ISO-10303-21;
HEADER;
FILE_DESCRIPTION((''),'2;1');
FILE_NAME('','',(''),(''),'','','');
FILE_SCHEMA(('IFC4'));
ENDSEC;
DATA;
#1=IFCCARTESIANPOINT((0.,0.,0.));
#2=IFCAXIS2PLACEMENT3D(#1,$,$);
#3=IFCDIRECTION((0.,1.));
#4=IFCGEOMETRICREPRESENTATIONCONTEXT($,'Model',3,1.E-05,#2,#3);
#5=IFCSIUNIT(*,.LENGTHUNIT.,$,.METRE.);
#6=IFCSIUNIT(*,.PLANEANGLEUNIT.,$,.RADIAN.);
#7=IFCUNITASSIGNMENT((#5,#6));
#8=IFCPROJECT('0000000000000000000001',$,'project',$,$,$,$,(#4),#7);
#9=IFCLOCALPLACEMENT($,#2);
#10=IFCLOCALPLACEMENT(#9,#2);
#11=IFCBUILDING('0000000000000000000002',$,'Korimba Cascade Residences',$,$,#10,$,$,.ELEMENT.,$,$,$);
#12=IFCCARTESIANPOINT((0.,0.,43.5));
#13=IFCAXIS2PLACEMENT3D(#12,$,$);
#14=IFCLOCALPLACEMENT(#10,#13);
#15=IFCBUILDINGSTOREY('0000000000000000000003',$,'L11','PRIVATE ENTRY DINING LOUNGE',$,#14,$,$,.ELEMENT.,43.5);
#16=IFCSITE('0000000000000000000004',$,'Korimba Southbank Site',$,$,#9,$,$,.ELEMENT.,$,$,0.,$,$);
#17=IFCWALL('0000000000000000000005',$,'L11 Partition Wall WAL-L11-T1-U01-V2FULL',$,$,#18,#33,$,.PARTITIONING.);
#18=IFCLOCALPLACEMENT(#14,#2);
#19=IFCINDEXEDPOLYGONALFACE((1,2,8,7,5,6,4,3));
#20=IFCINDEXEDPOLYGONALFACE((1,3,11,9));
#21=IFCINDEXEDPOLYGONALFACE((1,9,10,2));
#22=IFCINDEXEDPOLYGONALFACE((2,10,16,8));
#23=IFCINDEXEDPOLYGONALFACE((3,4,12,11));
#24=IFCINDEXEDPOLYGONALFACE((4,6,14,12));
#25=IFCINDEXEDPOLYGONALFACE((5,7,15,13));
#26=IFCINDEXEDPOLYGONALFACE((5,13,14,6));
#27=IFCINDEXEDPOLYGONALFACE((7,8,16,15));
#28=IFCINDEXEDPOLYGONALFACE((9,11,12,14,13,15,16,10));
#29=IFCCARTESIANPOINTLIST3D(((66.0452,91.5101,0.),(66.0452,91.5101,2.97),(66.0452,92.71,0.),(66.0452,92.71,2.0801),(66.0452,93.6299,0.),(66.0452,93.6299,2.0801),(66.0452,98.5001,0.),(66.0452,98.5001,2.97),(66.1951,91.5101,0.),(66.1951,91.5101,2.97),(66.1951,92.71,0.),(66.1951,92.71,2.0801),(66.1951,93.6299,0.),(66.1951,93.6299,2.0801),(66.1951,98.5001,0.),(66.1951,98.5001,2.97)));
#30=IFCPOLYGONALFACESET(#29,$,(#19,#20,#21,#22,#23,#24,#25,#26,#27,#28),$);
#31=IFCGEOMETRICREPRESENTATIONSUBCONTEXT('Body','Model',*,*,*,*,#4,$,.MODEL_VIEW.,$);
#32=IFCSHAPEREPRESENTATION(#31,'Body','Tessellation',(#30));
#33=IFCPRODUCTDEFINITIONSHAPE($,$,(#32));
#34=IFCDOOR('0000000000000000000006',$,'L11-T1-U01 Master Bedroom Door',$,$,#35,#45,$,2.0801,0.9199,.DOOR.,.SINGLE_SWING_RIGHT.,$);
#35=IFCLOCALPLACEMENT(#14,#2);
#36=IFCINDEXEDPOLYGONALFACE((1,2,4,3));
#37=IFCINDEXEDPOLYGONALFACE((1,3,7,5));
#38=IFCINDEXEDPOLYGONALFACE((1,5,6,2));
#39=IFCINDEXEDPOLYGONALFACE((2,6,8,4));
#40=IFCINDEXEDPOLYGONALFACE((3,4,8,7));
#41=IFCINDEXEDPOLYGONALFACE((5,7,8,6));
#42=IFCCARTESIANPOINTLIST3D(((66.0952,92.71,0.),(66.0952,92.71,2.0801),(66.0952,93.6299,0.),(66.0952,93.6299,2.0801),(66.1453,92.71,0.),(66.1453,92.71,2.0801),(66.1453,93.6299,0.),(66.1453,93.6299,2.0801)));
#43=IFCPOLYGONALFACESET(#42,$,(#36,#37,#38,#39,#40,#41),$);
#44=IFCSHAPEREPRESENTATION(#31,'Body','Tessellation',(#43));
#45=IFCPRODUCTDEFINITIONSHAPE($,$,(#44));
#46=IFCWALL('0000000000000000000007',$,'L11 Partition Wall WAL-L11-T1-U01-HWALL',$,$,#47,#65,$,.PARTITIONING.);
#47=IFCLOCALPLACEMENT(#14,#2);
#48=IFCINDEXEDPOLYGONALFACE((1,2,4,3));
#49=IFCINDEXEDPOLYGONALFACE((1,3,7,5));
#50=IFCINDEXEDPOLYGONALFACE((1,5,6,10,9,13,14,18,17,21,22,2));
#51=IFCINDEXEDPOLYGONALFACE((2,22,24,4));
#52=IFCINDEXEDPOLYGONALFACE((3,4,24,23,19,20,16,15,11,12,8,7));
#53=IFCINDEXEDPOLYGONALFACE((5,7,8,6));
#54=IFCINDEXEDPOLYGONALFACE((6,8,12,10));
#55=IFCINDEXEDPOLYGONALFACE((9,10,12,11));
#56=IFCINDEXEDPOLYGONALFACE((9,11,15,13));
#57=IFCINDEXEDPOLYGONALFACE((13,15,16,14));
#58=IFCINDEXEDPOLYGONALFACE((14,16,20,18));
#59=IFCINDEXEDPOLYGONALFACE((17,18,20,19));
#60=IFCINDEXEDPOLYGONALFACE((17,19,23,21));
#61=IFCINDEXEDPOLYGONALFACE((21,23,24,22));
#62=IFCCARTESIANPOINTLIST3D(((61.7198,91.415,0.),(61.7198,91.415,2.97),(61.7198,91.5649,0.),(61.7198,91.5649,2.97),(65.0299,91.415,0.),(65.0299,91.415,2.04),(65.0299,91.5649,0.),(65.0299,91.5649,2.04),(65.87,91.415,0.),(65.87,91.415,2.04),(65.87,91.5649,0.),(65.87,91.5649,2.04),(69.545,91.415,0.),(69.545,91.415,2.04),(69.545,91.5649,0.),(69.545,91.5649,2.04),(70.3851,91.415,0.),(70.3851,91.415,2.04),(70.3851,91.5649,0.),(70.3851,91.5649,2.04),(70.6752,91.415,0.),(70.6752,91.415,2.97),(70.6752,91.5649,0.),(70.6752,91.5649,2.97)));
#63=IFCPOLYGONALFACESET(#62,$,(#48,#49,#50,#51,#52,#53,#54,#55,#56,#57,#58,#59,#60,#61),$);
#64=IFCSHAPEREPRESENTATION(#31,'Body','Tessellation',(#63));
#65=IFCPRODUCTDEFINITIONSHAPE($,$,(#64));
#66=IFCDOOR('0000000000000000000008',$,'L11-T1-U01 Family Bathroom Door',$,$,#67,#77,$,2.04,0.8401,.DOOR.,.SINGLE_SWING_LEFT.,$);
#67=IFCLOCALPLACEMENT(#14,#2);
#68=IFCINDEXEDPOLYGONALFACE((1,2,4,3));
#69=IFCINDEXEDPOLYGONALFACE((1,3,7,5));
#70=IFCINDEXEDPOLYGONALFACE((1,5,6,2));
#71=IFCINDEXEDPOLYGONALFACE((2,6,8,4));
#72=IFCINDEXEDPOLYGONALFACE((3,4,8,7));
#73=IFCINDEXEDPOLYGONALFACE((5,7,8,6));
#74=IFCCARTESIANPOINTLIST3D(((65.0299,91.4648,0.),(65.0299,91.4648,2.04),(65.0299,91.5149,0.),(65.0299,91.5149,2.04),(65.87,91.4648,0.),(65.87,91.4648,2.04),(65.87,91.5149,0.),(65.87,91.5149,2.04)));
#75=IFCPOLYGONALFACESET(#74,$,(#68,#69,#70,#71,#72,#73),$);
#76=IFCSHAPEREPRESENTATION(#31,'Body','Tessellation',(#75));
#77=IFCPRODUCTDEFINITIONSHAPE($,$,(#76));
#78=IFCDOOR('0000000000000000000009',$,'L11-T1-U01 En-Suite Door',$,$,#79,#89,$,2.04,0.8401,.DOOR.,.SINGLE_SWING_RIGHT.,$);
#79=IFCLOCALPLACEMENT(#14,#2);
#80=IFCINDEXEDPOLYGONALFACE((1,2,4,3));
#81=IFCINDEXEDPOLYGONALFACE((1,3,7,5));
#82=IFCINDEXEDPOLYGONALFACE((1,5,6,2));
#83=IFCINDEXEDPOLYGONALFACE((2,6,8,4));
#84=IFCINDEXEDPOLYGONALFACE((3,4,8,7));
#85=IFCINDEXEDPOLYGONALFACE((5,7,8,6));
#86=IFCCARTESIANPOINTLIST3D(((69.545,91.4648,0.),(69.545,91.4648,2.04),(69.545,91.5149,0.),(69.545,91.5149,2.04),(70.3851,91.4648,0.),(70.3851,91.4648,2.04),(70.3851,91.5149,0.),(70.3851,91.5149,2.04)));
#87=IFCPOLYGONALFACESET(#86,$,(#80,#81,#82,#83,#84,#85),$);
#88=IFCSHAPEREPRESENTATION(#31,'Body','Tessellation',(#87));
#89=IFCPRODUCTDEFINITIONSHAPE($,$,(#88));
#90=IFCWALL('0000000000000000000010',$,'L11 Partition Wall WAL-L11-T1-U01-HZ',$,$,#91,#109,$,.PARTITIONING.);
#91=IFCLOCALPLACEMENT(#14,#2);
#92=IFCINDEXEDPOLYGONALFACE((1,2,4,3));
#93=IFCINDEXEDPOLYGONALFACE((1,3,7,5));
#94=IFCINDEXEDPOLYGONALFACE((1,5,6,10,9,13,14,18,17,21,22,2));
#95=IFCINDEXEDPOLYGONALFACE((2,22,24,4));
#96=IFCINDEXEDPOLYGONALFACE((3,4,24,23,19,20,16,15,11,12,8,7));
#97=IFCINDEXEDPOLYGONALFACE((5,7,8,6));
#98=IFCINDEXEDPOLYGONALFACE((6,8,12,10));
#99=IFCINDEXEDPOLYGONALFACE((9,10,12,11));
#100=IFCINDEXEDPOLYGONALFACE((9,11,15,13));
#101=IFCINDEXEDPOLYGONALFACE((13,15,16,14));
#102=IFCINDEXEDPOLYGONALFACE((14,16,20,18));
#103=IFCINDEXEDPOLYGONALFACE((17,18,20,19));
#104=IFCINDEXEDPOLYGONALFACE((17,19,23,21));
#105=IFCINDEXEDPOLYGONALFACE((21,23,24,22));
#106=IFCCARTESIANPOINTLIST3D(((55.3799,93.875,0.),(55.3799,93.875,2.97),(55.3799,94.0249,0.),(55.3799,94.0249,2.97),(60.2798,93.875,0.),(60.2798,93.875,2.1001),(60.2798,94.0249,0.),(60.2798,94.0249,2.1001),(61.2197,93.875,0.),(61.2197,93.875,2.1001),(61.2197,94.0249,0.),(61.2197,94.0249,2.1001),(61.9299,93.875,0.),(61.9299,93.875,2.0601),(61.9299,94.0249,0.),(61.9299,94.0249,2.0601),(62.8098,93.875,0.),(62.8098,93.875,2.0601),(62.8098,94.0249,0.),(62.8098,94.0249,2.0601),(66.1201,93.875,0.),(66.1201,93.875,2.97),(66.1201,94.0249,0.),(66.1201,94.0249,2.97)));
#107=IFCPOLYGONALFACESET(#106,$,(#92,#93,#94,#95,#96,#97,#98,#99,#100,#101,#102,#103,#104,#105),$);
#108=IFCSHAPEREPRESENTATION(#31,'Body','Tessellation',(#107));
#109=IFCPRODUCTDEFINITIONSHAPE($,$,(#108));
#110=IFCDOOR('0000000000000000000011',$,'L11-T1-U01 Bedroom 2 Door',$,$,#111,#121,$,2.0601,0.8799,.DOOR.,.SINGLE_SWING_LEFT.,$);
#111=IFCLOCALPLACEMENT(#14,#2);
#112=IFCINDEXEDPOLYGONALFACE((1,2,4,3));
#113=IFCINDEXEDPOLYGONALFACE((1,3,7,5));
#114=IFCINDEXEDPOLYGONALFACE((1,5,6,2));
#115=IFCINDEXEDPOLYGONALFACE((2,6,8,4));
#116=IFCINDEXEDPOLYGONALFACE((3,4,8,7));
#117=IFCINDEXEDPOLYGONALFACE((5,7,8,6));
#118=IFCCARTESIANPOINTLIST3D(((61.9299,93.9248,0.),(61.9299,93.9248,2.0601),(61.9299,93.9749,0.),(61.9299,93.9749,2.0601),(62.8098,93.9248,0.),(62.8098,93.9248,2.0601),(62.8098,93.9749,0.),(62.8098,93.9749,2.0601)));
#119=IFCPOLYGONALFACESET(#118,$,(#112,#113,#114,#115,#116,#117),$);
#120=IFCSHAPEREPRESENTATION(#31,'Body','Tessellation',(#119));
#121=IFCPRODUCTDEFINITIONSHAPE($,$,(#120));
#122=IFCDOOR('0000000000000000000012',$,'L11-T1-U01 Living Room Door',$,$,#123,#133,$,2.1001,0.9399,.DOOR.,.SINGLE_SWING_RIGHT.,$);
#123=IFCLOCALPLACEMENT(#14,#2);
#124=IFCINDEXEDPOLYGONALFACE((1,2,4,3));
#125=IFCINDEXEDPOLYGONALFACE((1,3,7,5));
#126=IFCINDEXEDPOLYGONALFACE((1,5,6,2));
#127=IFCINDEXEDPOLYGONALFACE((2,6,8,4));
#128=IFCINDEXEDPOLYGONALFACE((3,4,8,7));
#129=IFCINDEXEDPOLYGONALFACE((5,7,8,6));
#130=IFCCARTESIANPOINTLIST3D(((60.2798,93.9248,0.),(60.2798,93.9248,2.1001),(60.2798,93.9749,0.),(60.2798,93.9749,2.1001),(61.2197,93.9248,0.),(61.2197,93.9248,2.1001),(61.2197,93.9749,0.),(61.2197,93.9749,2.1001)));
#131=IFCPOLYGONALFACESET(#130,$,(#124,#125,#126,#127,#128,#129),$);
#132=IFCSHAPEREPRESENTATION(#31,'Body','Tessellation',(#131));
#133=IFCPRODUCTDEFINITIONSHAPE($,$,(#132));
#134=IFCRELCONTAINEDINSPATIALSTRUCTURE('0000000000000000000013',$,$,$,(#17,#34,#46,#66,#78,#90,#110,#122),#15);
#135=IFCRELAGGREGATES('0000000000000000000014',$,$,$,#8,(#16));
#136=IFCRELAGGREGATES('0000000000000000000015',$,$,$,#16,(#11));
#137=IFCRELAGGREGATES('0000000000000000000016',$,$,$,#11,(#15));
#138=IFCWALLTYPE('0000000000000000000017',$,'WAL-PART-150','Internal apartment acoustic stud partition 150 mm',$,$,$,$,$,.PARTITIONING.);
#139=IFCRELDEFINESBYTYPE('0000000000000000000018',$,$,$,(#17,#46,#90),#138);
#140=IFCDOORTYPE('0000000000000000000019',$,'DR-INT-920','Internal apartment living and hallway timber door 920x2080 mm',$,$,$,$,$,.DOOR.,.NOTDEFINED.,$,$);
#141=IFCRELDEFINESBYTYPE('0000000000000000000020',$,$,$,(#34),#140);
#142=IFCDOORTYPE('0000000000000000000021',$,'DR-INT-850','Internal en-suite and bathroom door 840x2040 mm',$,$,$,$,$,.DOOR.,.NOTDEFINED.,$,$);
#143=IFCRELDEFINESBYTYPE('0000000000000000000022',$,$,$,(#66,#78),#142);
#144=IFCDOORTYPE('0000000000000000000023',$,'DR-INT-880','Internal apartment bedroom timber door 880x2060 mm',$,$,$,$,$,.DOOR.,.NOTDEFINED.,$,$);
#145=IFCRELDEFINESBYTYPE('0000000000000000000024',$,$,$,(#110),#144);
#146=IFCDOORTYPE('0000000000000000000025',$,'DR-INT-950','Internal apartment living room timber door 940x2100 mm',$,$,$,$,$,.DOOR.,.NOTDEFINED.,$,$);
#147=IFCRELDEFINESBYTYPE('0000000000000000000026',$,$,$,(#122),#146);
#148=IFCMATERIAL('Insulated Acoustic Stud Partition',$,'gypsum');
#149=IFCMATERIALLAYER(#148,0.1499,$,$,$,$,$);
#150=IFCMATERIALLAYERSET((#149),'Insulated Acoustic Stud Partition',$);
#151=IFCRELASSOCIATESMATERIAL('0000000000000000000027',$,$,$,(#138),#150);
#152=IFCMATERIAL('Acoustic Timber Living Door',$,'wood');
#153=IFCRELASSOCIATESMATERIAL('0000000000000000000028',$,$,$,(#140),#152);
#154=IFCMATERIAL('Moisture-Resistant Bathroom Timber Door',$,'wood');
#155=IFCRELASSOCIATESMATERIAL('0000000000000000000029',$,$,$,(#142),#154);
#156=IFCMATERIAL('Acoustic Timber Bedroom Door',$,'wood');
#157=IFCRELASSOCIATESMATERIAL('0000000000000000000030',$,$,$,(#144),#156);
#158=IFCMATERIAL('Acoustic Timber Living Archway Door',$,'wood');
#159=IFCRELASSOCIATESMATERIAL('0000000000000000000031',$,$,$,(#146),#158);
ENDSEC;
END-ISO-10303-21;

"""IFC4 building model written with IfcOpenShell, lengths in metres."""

from ifc_helpers import new_model, si_unit, direction, frame, frame_2d, origin, place, context, subcontext, project, spatial, rectangle, extrude, material, layer, layer_set, type_object, element, fill, save


model = new_model("IFC4")

# Units and contexts
model_context = context("Model", 3, precision=1e-05, world=origin(), true_north=direction((0.0, 1.0)))
body_context = subcontext(model_context, "Body", "Model", "MODEL_VIEW")
ifc_project = project(units=[si_unit("LENGTHUNIT", "METRE"), si_unit("PLANEANGLEUNIT", "RADIAN")], contexts=[model_context])

# Site, building, storey
site_placement = place(None, origin())
site = spatial("IfcSite", under=ifc_project, at=site_placement, Name="Korimba Southbank Site", CompositionType="ELEMENT", RefElevation=0.0)
building_placement = place(site_placement, origin())
building = spatial("IfcBuilding", under=site, at=building_placement, Name="Korimba Cascade Residences", CompositionType="ELEMENT")
storey_placement = place(building_placement, frame((0.0, 0.0, 43.5)))
storey = spatial("IfcBuildingStorey", under=building, at=storey_placement, Name="L11", Description="PRIVATE ENTRY DINING LOUNGE", CompositionType="ELEMENT", Elevation=43.5)

# Wall, opening, door
ifc_material_1 = material(Name="Insulated Acoustic Stud Partition", Category="gypsum")
ifc_layer_1 = layer(ifc_material_1, 0.1499)
ifc_layer_set_1 = layer_set([ifc_layer_1], Name="Insulated Acoustic Stud Partition")
wall_type_1 = type_object("IfcWallType", Name="WAL-PART-150", Description="Internal apartment acoustic stud partition 150 mm", PredefinedType="PARTITIONING", material=ifc_layer_set_1)
wall_1_placement = place(storey_placement, frame((66.1201, 91.51, 0.0), z_axis=(0.0, 0.0, 1.0), x_axis=(0.0, 1.0, 0.0)))
wall_1 = element("IfcWall", 1, at=wall_1_placement, inside=storey, type_object=wall_type_1, Name="L11 Partition Wall WAL-L11-T1-U01-V2FULL", PredefinedType="PARTITIONING", context=body_context, shape_type="SweptSolid", body=[
    extrude(rectangle(XDim=6.99, YDim=0.1499, at=frame_2d((3.4951, 0.0))), origin(), (0.0, 0.0, 1.0), 2.97),
])
opening_1_placement = place(wall_1_placement, frame((1.2, 0.0, 0.0)))
opening_1 = element("IfcOpeningElement", 2, at=opening_1_placement, cuts=wall_1, PredefinedType="OPENING", context=body_context, shape_type="SweptSolid", body=[
    extrude(rectangle(XDim=0.9199, YDim=2.0801, at=frame_2d((0.46, 1.04))), frame((0.0, 0.085, 0.0), z_axis=(0.0, -1.0, 0.0), x_axis=(1.0, 0.0, 0.0)), (0.0, 0.0, 1.0), 0.1699),
])
ifc_material_2 = material(Name="Acoustic Timber Living Door", Category="wood")
door_type_1 = type_object("IfcDoorType", Name="DR-INT-920", Description="Internal apartment living and hallway timber door 920x2080 mm", OperationType="NOTDEFINED", PredefinedType="DOOR", material=ifc_material_2)
door_1_placement = place(opening_1_placement, origin())
door_1 = element("IfcDoor", 3, at=door_1_placement, inside=storey, type_object=door_type_1, Name="L11-T1-U01 Master Bedroom Door", OperationType="SINGLE_SWING_RIGHT", OverallHeight=2.0801, OverallWidth=0.9199, PredefinedType="DOOR", context=body_context, shape_type="SweptSolid", body=[
    extrude(rectangle(XDim=0.9199, YDim=2.0801, at=frame_2d((0.46, 1.04))), frame((0.0, 0.0249, 0.0), z_axis=(0.0, -1.0, 0.0), x_axis=(1.0, 0.0, 0.0)), (0.0, 0.0, 1.0), 0.05),
])
fill(opening_1, door_1)

# Walls, openings, doors
wall_2_placement = place(storey_placement, frame((61.72, 91.49, 0.0), z_axis=(0.0, 0.0, 1.0), x_axis=(1.0, 0.0, 0.0)))
wall_2 = element("IfcWall", 4, at=wall_2_placement, inside=storey, type_object=wall_type_1, Name="L11 Partition Wall WAL-L11-T1-U01-HWALL", PredefinedType="PARTITIONING", context=body_context, shape_type="SweptSolid", body=[
    extrude(rectangle(XDim=8.9553, YDim=0.1499, at=frame_2d((4.4775, 0.0))), origin(), (0.0, 0.0, 1.0), 2.97),
])
opening_2_placement = place(wall_2_placement, frame((3.3101, 0.0, 0.0)))
opening_2 = element("IfcOpeningElement", 5, at=opening_2_placement, cuts=wall_2, PredefinedType="OPENING", context=body_context, shape_type="SweptSolid", body=[
    extrude(rectangle(XDim=0.8401, YDim=2.04, at=frame_2d((0.4199, 1.02))), frame((0.0, 0.085, 0.0), z_axis=(0.0, -1.0, 0.0), x_axis=(1.0, 0.0, 0.0)), (0.0, 0.0, 1.0), 0.1699),
])
opening_3_placement = place(wall_2_placement, frame((7.8252, 0.0, 0.0)))
opening_3 = element("IfcOpeningElement", 6, at=opening_3_placement, cuts=wall_2, PredefinedType="OPENING", context=body_context, shape_type="SweptSolid", body=[
    extrude(rectangle(XDim=0.8401, YDim=2.04, at=frame_2d((0.4199, 1.02))), frame((0.0, 0.085, 0.0), z_axis=(0.0, -1.0, 0.0), x_axis=(1.0, 0.0, 0.0)), (0.0, 0.0, 1.0), 0.1699),
])
ifc_material_3 = material(Name="Moisture-Resistant Bathroom Timber Door", Category="wood")
door_type_2 = type_object("IfcDoorType", Name="DR-INT-850", Description="Internal en-suite and bathroom door 840x2040 mm", OperationType="NOTDEFINED", PredefinedType="DOOR", material=ifc_material_3)
door_2_placement = place(opening_2_placement, origin())
door_2 = element("IfcDoor", 7, at=door_2_placement, inside=storey, type_object=door_type_2, Name="L11-T1-U01 Family Bathroom Door", OperationType="SINGLE_SWING_LEFT", OverallHeight=2.04, OverallWidth=0.8401, PredefinedType="DOOR", context=body_context, shape_type="SweptSolid", body=[
    extrude(rectangle(XDim=0.8401, YDim=2.04, at=frame_2d((0.4199, 1.02))), frame((0.0, 0.0249, 0.0), z_axis=(0.0, -1.0, 0.0), x_axis=(1.0, 0.0, 0.0)), (0.0, 0.0, 1.0), 0.05),
])
fill(opening_2, door_2)
door_3_placement = place(opening_3_placement, origin())
door_3 = element("IfcDoor", 8, at=door_3_placement, inside=storey, type_object=door_type_2, Name="L11-T1-U01 En-Suite Door", OperationType="SINGLE_SWING_RIGHT", OverallHeight=2.04, OverallWidth=0.8401, PredefinedType="DOOR", context=body_context, shape_type="SweptSolid", body=[
    extrude(rectangle(XDim=0.8401, YDim=2.04, at=frame_2d((0.4199, 1.02))), frame((0.0, 0.0249, 0.0), z_axis=(0.0, -1.0, 0.0), x_axis=(1.0, 0.0, 0.0)), (0.0, 0.0, 1.0), 0.05),
])
fill(opening_3, door_3)
wall_3_placement = place(storey_placement, frame((55.3799, 93.95, 0.0), z_axis=(0.0, 0.0, 1.0), x_axis=(1.0, 0.0, 0.0)))
wall_3 = element("IfcWall", 9, at=wall_3_placement, inside=storey, type_object=wall_type_1, Name="L11 Partition Wall WAL-L11-T1-U01-HZ", PredefinedType="PARTITIONING", context=body_context, shape_type="SweptSolid", body=[
    extrude(rectangle(XDim=10.7402, YDim=0.1499, at=frame_2d((5.3701, 0.0))), origin(), (0.0, 0.0, 1.0), 2.97),
])
opening_4_placement = place(wall_3_placement, frame((4.8999, 0.0, 0.0)))
opening_4 = element("IfcOpeningElement", 10, at=opening_4_placement, cuts=wall_3, PredefinedType="OPENING", context=body_context, shape_type="SweptSolid", body=[
    extrude(rectangle(XDim=0.9399, YDim=2.1001, at=frame_2d((0.47, 1.05))), frame((0.0, 0.085, 0.0), z_axis=(0.0, -1.0, 0.0), x_axis=(1.0, 0.0, 0.0)), (0.0, 0.0, 1.0), 0.1699),
])
opening_5_placement = place(wall_3_placement, frame((6.55, 0.0, 0.0)))
opening_5 = element("IfcOpeningElement", 11, at=opening_5_placement, cuts=wall_3, PredefinedType="OPENING", context=body_context, shape_type="SweptSolid", body=[
    extrude(rectangle(XDim=0.8799, YDim=2.0601, at=frame_2d((0.4399, 1.03))), frame((0.0, 0.085, 0.0), z_axis=(0.0, -1.0, 0.0), x_axis=(1.0, 0.0, 0.0)), (0.0, 0.0, 1.0), 0.1699),
])
ifc_material_4 = material(Name="Acoustic Timber Bedroom Door", Category="wood")
door_type_3 = type_object("IfcDoorType", Name="DR-INT-880", Description="Internal apartment bedroom timber door 880x2060 mm", OperationType="NOTDEFINED", PredefinedType="DOOR", material=ifc_material_4)
door_4_placement = place(opening_5_placement, origin())
door_4 = element("IfcDoor", 12, at=door_4_placement, inside=storey, type_object=door_type_3, Name="L11-T1-U01 Bedroom 2 Door", OperationType="SINGLE_SWING_LEFT", OverallHeight=2.0601, OverallWidth=0.8799, PredefinedType="DOOR", context=body_context, shape_type="SweptSolid", body=[
    extrude(rectangle(XDim=0.8799, YDim=2.0601, at=frame_2d((0.4399, 1.03))), frame((0.0, 0.0249, 0.0), z_axis=(0.0, -1.0, 0.0), x_axis=(1.0, 0.0, 0.0)), (0.0, 0.0, 1.0), 0.05),
])
fill(opening_5, door_4)
ifc_material_5 = material(Name="Acoustic Timber Living Archway Door", Category="wood")
door_type_4 = type_object("IfcDoorType", Name="DR-INT-950", Description="Internal apartment living room timber door 940x2100 mm", OperationType="NOTDEFINED", PredefinedType="DOOR", material=ifc_material_5)
door_5_placement = place(opening_4_placement, origin())
door_5 = element("IfcDoor", 13, at=door_5_placement, inside=storey, type_object=door_type_4, Name="L11-T1-U01 Living Room Door", OperationType="SINGLE_SWING_RIGHT", OverallHeight=2.1001, OverallWidth=0.9399, PredefinedType="DOOR", context=body_context, shape_type="SweptSolid", body=[
    extrude(rectangle(XDim=0.9399, YDim=2.1001, at=frame_2d((0.47, 1.05))), frame((0.0, 0.0249, 0.0), z_axis=(0.0, -1.0, 0.0), x_axis=(1.0, 0.0, 0.0)), (0.0, 0.0, 1.0), 0.05),
])
fill(opening_4, door_5)

save(model, "model.ifc")
